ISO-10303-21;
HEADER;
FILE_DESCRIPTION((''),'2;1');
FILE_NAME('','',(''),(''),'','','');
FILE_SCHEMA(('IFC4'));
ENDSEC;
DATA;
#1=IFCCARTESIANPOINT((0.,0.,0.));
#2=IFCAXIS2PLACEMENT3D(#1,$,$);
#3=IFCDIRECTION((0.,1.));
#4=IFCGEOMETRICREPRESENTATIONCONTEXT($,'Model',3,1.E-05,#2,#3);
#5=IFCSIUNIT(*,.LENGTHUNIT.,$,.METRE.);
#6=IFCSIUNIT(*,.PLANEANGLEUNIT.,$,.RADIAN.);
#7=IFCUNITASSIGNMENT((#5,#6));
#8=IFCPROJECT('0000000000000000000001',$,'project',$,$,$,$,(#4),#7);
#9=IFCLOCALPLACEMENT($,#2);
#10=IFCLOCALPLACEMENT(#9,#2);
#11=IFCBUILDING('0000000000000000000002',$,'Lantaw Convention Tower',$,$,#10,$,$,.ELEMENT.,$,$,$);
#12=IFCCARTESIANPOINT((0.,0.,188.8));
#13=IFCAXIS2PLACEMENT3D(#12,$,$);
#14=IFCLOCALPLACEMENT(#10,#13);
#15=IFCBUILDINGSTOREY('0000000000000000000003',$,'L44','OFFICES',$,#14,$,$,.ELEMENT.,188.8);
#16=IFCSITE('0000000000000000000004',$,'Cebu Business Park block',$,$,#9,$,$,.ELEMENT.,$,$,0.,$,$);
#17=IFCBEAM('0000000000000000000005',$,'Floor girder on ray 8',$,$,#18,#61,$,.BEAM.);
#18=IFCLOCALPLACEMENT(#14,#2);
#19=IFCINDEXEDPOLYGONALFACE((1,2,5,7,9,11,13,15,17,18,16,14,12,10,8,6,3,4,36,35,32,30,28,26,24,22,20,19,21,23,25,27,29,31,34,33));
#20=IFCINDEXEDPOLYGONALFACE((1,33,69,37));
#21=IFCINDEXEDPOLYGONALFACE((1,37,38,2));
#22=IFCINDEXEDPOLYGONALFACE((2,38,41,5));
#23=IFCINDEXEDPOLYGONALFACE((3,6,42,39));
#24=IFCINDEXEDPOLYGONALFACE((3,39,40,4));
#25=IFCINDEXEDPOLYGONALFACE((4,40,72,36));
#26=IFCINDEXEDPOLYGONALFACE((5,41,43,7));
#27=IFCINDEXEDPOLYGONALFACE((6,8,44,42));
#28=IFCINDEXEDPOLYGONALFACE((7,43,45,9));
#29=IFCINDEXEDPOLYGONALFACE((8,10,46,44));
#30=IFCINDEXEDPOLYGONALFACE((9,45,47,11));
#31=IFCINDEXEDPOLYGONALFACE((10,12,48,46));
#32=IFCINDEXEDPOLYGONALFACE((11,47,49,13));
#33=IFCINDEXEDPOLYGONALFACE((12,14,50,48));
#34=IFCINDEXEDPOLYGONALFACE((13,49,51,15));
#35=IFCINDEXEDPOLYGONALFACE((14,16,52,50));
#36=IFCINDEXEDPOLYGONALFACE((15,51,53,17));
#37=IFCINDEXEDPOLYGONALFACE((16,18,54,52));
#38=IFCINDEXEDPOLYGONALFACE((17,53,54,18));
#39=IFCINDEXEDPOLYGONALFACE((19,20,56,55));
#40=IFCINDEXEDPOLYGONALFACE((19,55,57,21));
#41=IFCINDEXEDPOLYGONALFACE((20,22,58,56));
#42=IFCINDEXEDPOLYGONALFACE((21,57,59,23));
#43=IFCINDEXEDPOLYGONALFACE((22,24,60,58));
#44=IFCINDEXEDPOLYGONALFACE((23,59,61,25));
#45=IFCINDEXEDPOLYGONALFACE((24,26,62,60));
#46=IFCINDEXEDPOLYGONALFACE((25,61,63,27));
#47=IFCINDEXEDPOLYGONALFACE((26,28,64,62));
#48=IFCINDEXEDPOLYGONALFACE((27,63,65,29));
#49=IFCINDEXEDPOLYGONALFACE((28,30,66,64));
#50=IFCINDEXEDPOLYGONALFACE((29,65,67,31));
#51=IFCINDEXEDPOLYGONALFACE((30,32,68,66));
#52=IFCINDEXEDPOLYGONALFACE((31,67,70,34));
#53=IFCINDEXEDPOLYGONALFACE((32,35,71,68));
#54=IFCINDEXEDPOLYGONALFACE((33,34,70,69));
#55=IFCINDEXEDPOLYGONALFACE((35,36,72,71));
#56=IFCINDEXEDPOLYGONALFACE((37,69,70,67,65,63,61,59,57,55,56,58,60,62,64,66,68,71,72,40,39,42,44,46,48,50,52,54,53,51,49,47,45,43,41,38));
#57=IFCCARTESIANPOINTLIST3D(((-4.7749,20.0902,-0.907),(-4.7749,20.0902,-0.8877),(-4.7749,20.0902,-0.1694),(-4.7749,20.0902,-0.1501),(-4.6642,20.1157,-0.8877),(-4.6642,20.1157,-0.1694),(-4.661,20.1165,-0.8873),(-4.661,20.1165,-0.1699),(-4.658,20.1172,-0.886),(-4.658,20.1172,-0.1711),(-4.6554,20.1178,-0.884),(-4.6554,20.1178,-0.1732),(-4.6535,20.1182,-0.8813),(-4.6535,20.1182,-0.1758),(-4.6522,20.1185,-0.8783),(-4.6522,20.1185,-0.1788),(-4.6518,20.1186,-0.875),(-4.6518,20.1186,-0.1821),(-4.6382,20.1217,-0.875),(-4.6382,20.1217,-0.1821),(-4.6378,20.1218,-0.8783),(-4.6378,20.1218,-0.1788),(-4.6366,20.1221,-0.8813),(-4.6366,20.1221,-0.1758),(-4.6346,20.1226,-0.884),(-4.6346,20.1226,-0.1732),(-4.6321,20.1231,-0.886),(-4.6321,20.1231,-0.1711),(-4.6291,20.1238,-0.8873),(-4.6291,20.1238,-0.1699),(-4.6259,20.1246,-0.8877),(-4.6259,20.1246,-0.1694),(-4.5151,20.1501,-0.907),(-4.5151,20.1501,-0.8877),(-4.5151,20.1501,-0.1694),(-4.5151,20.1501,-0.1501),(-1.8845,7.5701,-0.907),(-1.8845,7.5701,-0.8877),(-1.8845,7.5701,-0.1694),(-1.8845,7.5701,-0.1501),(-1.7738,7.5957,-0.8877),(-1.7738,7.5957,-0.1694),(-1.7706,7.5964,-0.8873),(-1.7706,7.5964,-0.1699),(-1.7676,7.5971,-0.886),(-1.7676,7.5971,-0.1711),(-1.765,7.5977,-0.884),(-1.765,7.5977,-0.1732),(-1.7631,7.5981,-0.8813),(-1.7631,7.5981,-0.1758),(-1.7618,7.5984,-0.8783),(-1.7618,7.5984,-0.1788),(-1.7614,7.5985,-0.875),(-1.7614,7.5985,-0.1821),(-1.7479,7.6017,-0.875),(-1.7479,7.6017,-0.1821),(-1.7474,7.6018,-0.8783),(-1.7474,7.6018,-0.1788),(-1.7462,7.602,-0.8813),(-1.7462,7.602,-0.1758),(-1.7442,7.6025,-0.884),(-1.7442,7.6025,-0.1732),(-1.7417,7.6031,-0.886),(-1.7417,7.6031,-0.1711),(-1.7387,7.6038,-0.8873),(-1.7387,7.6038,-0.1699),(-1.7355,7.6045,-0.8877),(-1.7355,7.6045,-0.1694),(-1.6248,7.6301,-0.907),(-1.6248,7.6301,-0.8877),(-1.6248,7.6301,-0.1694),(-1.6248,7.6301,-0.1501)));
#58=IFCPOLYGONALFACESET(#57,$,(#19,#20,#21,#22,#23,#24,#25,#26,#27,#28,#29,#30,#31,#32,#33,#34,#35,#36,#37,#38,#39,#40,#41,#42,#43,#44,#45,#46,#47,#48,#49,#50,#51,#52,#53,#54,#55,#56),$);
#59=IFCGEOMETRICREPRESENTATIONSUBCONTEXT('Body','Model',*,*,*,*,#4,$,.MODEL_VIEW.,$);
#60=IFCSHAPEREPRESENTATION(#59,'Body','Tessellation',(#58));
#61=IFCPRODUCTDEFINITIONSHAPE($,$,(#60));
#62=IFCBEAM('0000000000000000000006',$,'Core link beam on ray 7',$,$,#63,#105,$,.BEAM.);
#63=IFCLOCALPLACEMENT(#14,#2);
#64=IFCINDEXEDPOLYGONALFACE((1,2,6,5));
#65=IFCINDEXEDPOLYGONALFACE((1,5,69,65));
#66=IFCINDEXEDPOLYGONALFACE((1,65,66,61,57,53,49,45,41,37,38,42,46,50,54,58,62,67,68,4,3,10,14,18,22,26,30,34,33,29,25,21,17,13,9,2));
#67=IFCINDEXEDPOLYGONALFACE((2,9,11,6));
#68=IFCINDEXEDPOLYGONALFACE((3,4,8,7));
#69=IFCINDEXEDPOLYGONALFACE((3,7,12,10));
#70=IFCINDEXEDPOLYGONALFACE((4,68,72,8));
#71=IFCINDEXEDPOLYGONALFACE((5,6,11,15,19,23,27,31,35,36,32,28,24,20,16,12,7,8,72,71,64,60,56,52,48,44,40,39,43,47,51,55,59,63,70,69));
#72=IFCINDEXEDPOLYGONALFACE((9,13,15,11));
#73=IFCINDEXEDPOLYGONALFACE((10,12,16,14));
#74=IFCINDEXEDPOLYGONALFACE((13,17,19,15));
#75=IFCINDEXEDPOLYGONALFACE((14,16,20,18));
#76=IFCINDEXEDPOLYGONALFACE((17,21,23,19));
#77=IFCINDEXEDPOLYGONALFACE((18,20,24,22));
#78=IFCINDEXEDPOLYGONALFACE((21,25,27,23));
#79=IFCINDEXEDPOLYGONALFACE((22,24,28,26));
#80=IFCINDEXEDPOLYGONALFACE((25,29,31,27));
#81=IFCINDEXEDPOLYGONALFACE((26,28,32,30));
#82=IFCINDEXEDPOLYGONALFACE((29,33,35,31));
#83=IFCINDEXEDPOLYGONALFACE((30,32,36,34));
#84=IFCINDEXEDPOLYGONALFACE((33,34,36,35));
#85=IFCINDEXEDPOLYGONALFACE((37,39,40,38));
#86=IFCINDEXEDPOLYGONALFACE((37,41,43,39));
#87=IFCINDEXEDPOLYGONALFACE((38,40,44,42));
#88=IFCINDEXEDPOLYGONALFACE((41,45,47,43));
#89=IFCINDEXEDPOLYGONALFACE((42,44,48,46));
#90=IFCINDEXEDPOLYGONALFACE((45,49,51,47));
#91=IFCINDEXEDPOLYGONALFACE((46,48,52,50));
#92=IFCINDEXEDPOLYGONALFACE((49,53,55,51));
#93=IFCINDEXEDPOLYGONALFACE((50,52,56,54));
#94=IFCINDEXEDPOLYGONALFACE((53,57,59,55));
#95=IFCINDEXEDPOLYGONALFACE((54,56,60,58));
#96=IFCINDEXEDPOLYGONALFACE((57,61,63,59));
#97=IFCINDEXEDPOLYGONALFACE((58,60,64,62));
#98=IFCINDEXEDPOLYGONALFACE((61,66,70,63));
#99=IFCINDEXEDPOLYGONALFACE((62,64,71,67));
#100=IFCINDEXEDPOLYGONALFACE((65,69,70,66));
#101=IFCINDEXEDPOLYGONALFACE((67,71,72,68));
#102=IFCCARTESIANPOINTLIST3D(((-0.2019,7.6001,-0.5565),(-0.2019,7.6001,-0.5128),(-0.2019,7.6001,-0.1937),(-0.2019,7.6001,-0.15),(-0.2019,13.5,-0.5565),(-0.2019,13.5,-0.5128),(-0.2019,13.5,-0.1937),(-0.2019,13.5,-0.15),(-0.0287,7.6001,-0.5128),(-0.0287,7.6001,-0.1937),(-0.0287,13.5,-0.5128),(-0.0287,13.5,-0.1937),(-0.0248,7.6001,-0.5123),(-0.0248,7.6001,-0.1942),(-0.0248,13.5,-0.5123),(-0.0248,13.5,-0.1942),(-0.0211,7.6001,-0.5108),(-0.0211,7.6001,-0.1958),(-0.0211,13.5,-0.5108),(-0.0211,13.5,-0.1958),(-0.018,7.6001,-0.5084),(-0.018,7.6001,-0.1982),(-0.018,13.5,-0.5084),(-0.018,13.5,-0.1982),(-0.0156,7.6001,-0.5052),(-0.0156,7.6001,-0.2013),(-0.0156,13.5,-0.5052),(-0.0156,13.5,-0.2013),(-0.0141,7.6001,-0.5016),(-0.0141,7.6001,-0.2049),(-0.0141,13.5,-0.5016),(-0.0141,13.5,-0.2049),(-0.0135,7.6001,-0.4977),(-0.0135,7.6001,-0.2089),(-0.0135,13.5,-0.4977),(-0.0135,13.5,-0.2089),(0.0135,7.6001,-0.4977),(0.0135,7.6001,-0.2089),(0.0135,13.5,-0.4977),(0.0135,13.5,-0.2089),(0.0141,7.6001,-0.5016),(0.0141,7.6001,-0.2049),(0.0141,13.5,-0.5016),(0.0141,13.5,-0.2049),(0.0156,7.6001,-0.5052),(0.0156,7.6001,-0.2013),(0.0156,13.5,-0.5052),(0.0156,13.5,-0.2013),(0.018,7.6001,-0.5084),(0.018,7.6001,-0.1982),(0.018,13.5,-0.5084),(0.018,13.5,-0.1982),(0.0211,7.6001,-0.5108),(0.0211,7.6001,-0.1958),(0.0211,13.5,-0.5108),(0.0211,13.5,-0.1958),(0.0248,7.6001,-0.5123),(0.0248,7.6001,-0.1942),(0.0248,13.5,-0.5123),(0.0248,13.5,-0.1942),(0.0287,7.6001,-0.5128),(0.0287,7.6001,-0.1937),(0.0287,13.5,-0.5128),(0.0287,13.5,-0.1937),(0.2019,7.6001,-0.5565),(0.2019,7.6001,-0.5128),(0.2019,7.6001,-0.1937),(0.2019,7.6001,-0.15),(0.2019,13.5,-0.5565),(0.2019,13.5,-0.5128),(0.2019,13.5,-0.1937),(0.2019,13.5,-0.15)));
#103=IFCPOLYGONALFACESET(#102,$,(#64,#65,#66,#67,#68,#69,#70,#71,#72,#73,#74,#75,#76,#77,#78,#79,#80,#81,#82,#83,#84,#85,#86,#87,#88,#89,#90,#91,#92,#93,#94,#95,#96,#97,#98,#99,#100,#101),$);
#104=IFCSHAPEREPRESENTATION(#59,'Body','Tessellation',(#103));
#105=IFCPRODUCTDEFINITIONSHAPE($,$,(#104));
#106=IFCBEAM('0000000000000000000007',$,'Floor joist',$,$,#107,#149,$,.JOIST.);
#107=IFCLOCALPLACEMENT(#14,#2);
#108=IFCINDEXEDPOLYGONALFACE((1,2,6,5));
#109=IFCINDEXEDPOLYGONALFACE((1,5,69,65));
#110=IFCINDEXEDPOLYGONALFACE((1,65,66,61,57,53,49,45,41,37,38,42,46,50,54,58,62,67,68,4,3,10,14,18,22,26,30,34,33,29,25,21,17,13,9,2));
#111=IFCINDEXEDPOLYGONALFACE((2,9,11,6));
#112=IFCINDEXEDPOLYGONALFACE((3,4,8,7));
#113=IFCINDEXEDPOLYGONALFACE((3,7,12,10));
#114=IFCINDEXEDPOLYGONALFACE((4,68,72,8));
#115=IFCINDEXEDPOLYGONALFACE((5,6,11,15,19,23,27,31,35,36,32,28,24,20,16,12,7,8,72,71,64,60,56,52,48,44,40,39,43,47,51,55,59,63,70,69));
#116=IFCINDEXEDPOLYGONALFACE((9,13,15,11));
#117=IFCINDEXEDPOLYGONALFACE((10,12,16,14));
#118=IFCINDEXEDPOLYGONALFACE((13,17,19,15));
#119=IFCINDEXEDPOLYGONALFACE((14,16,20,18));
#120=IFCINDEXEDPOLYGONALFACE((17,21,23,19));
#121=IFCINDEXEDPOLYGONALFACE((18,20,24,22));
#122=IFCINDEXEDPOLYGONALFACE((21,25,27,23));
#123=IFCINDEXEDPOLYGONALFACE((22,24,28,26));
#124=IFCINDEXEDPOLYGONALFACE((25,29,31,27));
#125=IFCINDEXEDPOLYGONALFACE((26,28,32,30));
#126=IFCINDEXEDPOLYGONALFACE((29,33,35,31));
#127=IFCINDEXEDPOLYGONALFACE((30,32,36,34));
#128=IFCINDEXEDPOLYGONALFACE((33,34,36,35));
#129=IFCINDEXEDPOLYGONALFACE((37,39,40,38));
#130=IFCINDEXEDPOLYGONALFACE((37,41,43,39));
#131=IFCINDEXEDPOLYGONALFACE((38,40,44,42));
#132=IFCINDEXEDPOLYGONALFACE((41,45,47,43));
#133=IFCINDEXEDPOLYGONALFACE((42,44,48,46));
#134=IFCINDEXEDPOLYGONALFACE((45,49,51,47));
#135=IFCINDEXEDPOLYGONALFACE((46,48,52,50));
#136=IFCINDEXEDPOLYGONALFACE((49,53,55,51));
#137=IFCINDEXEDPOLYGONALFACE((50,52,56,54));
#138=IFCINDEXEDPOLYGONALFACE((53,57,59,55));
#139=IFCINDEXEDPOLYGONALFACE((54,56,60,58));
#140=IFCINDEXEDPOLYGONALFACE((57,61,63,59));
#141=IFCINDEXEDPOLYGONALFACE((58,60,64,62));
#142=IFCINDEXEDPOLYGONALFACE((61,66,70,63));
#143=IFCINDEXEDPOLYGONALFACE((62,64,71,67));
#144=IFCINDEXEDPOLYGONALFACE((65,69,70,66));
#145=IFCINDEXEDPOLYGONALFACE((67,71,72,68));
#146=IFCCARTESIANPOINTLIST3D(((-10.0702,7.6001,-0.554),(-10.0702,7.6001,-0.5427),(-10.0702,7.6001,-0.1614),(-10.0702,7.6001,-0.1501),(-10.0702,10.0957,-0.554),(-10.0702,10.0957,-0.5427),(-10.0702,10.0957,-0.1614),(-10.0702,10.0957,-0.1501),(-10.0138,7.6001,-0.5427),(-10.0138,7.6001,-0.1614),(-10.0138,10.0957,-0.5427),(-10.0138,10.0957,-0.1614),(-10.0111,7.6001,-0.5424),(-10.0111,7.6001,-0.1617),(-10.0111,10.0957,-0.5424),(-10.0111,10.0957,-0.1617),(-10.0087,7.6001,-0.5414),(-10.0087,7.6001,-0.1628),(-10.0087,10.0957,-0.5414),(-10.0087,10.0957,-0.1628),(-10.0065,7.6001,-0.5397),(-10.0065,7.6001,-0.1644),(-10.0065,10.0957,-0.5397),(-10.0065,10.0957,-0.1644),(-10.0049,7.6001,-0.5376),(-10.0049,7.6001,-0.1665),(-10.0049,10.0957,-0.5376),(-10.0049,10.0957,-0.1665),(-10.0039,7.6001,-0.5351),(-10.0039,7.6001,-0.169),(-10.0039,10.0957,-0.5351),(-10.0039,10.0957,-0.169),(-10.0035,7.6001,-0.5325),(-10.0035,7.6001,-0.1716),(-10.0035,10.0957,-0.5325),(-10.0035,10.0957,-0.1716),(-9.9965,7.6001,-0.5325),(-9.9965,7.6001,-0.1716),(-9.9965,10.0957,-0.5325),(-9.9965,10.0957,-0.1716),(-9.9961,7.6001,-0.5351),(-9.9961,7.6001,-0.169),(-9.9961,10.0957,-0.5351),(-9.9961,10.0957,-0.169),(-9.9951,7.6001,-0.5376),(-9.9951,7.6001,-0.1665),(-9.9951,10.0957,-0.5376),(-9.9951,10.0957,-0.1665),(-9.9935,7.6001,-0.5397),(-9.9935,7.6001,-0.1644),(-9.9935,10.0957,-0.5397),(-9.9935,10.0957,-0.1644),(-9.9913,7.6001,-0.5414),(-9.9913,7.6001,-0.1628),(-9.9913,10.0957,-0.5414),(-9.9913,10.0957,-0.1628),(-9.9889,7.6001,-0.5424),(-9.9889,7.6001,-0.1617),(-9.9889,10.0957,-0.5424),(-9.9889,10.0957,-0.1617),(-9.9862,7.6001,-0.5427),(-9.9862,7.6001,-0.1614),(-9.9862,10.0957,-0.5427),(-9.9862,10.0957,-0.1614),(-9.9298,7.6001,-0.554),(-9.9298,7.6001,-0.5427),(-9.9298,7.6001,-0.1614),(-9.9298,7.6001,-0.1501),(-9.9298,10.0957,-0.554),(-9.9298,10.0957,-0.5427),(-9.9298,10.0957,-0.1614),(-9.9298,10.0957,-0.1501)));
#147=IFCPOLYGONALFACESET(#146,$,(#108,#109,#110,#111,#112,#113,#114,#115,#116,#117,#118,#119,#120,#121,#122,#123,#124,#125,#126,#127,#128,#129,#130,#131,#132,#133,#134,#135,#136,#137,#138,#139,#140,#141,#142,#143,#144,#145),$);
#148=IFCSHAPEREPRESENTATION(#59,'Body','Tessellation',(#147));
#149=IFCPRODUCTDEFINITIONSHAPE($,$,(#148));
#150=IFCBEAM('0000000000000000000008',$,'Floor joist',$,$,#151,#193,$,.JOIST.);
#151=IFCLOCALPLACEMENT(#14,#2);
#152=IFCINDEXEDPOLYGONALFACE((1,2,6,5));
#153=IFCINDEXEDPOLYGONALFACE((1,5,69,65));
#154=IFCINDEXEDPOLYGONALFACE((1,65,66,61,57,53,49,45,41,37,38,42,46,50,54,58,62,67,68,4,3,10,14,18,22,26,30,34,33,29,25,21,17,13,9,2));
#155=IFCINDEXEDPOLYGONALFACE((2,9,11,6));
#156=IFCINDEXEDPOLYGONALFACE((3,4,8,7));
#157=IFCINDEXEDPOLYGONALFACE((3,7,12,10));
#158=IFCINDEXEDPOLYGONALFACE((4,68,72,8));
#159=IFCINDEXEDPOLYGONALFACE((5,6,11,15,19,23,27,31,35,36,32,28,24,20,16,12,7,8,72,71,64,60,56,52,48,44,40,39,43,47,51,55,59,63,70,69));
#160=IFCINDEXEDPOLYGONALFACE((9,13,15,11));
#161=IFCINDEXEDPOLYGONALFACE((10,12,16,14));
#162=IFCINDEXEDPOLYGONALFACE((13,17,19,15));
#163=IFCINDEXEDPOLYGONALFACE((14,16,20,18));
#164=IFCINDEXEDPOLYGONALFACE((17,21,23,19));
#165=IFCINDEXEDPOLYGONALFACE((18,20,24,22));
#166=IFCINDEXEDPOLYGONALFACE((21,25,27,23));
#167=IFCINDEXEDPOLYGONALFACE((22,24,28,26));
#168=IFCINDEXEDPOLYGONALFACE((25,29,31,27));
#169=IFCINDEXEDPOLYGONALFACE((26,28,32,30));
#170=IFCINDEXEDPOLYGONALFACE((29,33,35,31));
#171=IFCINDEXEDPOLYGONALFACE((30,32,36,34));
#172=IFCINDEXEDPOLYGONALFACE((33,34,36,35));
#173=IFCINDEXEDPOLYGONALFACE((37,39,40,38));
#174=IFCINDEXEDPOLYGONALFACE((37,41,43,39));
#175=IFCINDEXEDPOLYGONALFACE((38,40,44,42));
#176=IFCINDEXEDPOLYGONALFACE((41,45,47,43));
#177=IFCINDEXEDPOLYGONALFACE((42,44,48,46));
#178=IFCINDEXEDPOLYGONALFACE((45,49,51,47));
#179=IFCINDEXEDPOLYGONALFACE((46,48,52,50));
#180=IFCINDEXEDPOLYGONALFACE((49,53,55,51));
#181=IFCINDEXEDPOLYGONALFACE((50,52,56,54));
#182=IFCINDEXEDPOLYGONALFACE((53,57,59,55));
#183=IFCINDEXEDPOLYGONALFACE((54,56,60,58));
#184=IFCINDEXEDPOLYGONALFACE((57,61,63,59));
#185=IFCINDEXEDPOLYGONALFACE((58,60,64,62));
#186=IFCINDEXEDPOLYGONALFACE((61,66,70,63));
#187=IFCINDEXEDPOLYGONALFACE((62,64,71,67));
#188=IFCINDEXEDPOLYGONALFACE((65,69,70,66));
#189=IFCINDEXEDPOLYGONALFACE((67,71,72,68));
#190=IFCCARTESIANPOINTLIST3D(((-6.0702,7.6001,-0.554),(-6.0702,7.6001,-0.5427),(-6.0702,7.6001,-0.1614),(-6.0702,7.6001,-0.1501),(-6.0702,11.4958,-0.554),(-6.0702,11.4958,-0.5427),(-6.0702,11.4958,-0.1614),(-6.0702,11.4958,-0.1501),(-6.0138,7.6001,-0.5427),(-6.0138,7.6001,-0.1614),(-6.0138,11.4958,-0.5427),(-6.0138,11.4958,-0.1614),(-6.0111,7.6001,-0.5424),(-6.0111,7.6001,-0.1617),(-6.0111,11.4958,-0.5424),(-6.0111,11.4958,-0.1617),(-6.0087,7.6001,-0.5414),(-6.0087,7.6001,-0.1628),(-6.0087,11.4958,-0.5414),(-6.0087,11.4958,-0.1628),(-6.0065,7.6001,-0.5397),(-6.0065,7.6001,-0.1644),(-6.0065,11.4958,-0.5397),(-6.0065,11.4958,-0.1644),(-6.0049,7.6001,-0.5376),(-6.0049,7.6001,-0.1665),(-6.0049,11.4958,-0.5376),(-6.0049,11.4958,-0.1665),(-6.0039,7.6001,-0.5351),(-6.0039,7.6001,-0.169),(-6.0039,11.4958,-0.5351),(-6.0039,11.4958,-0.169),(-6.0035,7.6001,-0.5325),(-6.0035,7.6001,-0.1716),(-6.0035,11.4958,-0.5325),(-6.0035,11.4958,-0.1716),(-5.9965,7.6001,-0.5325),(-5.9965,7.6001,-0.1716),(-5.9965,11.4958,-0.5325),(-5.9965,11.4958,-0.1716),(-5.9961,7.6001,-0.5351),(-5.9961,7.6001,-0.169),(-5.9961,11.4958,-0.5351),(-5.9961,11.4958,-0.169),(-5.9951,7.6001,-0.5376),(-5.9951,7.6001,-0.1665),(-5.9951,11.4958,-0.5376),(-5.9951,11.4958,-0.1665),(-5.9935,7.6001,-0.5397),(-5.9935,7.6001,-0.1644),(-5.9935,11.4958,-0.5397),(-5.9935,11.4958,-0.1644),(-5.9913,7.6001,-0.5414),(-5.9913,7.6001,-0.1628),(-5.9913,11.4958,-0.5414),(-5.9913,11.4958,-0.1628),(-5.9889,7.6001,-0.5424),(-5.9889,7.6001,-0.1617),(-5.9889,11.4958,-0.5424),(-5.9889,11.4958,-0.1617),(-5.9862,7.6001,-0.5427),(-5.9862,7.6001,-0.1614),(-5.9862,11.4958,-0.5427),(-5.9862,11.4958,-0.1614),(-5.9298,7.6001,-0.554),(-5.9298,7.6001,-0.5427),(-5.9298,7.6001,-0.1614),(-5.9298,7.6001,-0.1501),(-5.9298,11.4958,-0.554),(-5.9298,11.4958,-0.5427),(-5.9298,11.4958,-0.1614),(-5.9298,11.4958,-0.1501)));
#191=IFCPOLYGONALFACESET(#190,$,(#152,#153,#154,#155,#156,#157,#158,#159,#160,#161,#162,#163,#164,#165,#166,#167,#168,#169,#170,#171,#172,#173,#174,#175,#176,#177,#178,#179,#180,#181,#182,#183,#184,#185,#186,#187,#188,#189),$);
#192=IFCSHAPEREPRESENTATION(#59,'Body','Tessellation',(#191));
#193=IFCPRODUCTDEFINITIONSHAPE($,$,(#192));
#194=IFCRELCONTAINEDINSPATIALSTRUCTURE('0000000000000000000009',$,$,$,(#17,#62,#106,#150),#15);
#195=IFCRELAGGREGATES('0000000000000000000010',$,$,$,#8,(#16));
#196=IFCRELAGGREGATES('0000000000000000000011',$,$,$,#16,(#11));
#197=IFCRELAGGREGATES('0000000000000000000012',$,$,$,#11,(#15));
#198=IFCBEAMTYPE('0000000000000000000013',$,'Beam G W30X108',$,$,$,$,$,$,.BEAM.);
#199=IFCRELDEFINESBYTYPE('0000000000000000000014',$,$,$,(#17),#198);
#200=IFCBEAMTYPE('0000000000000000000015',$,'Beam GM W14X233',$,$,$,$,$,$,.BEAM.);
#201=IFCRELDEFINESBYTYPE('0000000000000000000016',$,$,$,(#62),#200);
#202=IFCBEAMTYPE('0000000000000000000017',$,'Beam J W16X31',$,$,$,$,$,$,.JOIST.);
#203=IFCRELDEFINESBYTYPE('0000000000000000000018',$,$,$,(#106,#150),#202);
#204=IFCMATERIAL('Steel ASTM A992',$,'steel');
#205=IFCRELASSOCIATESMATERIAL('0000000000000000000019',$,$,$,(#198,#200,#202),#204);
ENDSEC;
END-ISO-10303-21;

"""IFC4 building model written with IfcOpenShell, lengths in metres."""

from ifc_helpers import new_model, si_unit, direction, frame, origin, origin_2d, place, context, subcontext, project, spatial, i_section, extrude, material, material_profile, profile_set, type_object, element, save


model = new_model("IFC4")

# Units and contexts
model_context = context("Model", 3, precision=1e-05, world=origin(), true_north=direction((0.0, 1.0)))
body_context = subcontext(model_context, "Body", "Model", "MODEL_VIEW")
ifc_project = project(units=[si_unit("LENGTHUNIT", "METRE"), si_unit("PLANEANGLEUNIT", "RADIAN")], contexts=[model_context])

# Site, building, storey
site_placement = place(None, origin())
site = spatial("IfcSite", under=ifc_project, at=site_placement, Name="Cebu Business Park block", CompositionType="ELEMENT", RefElevation=0.0)
building_placement = place(site_placement, origin())
building = spatial("IfcBuilding", under=site, at=building_placement, Name="Lantaw Convention Tower", CompositionType="ELEMENT")
storey_placement = place(building_placement, frame((0.0, 0.0, 188.8)))
storey = spatial("IfcBuildingStorey", under=building, at=storey_placement, Name="L44", Description="OFFICES", CompositionType="ELEMENT", Elevation=188.8)

# Beams
ifc_material_1 = material(Name="Steel ASTM A992", Category="steel")
ifc_material_profile_1 = material_profile(ifc_material_1, i_section(OverallWidth=0.2666, OverallDepth=0.7568, WebThickness=0.0139, FlangeThickness=0.0193, FilletRadius=0.0127, at=origin_2d()), Name="W30X108")
ifc_profile_set_1 = profile_set([ifc_material_profile_1], Name="Steel ASTM A992")
beam_type_1 = type_object("IfcBeamType", Name="Beam G W30X108", PredefinedType="BEAM", material=ifc_profile_set_1)
beam_1_placement = place(storey_placement, frame((-1.7546, 7.6001, -0.5286), z_axis=(-0.224944, 0.974372, 0.0), x_axis=(-0.974372, -0.224944, 0.0)))
element("IfcBeam", 1, at=beam_1_placement, inside=storey, type_object=beam_type_1, Name="Floor girder on ray 8", PredefinedType="BEAM", context=body_context, shape_type="SweptSolid", body=[
    extrude(i_section(OverallWidth=0.2666, OverallDepth=0.7568, WebThickness=0.0139, FlangeThickness=0.0193, FilletRadius=0.0127, at=origin_2d()), origin(), (0.0, 0.0, 1.0), 12.8494),
])
ifc_material_profile_2 = material_profile(ifc_material_1, i_section(OverallWidth=0.4038, OverallDepth=0.4065, WebThickness=0.0271, FlangeThickness=0.0437, FilletRadius=0.0151, at=origin_2d()), Name="W14X233")
ifc_profile_set_2 = profile_set([ifc_material_profile_2], Name="Steel ASTM A992")
beam_type_2 = type_object("IfcBeamType", Name="Beam GM W14X233", PredefinedType="BEAM", material=ifc_profile_set_2)
beam_2_placement = place(storey_placement, frame((0.0, 7.6001, -0.3533), z_axis=(0.0, 1.0, 0.0), x_axis=(-1.0, 0.0, 0.0)))
element("IfcBeam", 2, at=beam_2_placement, inside=storey, type_object=beam_type_2, Name="Core link beam on ray 7", PredefinedType="BEAM", context=body_context, shape_type="SweptSolid", body=[
    extrude(i_section(OverallWidth=0.4038, OverallDepth=0.4065, WebThickness=0.0271, FlangeThickness=0.0437, FilletRadius=0.0151, at=origin_2d()), origin(), (0.0, 0.0, 1.0), 5.8999),
])
ifc_material_profile_3 = material_profile(ifc_material_1, i_section(OverallWidth=0.1404, OverallDepth=0.4038, WebThickness=0.0071, FlangeThickness=0.0112, FilletRadius=0.0103, at=origin_2d()), Name="W16X31")
ifc_profile_set_3 = profile_set([ifc_material_profile_3], Name="Steel ASTM A992")
beam_type_3 = type_object("IfcBeamType", Name="Beam J W16X31", PredefinedType="JOIST", material=ifc_profile_set_3)
beam_3_placement = place(storey_placement, frame((-10.0, 7.6001, -0.3521), z_axis=(0.0, 1.0, 0.0), x_axis=(-1.0, 0.0, 0.0)))
element("IfcBeam", 3, at=beam_3_placement, inside=storey, type_object=beam_type_3, Name="Floor joist", PredefinedType="JOIST", context=body_context, shape_type="SweptSolid", body=[
    extrude(i_section(OverallWidth=0.1404, OverallDepth=0.4038, WebThickness=0.0071, FlangeThickness=0.0112, FilletRadius=0.0103, at=origin_2d()), origin(), (0.0, 0.0, 1.0), 2.4956),
])
beam_4_placement = place(storey_placement, frame((-6.0, 7.6001, -0.3521), z_axis=(0.0, 1.0, 0.0), x_axis=(-1.0, 0.0, 0.0)))
element("IfcBeam", 4, at=beam_4_placement, inside=storey, type_object=beam_type_3, Name="Floor joist", PredefinedType="JOIST", context=body_context, shape_type="SweptSolid", body=[
    extrude(i_section(OverallWidth=0.1404, OverallDepth=0.4038, WebThickness=0.0071, FlangeThickness=0.0112, FilletRadius=0.0103, at=origin_2d()), origin(), (0.0, 0.0, 1.0), 3.8958),
])

save(model, "model.ifc")
